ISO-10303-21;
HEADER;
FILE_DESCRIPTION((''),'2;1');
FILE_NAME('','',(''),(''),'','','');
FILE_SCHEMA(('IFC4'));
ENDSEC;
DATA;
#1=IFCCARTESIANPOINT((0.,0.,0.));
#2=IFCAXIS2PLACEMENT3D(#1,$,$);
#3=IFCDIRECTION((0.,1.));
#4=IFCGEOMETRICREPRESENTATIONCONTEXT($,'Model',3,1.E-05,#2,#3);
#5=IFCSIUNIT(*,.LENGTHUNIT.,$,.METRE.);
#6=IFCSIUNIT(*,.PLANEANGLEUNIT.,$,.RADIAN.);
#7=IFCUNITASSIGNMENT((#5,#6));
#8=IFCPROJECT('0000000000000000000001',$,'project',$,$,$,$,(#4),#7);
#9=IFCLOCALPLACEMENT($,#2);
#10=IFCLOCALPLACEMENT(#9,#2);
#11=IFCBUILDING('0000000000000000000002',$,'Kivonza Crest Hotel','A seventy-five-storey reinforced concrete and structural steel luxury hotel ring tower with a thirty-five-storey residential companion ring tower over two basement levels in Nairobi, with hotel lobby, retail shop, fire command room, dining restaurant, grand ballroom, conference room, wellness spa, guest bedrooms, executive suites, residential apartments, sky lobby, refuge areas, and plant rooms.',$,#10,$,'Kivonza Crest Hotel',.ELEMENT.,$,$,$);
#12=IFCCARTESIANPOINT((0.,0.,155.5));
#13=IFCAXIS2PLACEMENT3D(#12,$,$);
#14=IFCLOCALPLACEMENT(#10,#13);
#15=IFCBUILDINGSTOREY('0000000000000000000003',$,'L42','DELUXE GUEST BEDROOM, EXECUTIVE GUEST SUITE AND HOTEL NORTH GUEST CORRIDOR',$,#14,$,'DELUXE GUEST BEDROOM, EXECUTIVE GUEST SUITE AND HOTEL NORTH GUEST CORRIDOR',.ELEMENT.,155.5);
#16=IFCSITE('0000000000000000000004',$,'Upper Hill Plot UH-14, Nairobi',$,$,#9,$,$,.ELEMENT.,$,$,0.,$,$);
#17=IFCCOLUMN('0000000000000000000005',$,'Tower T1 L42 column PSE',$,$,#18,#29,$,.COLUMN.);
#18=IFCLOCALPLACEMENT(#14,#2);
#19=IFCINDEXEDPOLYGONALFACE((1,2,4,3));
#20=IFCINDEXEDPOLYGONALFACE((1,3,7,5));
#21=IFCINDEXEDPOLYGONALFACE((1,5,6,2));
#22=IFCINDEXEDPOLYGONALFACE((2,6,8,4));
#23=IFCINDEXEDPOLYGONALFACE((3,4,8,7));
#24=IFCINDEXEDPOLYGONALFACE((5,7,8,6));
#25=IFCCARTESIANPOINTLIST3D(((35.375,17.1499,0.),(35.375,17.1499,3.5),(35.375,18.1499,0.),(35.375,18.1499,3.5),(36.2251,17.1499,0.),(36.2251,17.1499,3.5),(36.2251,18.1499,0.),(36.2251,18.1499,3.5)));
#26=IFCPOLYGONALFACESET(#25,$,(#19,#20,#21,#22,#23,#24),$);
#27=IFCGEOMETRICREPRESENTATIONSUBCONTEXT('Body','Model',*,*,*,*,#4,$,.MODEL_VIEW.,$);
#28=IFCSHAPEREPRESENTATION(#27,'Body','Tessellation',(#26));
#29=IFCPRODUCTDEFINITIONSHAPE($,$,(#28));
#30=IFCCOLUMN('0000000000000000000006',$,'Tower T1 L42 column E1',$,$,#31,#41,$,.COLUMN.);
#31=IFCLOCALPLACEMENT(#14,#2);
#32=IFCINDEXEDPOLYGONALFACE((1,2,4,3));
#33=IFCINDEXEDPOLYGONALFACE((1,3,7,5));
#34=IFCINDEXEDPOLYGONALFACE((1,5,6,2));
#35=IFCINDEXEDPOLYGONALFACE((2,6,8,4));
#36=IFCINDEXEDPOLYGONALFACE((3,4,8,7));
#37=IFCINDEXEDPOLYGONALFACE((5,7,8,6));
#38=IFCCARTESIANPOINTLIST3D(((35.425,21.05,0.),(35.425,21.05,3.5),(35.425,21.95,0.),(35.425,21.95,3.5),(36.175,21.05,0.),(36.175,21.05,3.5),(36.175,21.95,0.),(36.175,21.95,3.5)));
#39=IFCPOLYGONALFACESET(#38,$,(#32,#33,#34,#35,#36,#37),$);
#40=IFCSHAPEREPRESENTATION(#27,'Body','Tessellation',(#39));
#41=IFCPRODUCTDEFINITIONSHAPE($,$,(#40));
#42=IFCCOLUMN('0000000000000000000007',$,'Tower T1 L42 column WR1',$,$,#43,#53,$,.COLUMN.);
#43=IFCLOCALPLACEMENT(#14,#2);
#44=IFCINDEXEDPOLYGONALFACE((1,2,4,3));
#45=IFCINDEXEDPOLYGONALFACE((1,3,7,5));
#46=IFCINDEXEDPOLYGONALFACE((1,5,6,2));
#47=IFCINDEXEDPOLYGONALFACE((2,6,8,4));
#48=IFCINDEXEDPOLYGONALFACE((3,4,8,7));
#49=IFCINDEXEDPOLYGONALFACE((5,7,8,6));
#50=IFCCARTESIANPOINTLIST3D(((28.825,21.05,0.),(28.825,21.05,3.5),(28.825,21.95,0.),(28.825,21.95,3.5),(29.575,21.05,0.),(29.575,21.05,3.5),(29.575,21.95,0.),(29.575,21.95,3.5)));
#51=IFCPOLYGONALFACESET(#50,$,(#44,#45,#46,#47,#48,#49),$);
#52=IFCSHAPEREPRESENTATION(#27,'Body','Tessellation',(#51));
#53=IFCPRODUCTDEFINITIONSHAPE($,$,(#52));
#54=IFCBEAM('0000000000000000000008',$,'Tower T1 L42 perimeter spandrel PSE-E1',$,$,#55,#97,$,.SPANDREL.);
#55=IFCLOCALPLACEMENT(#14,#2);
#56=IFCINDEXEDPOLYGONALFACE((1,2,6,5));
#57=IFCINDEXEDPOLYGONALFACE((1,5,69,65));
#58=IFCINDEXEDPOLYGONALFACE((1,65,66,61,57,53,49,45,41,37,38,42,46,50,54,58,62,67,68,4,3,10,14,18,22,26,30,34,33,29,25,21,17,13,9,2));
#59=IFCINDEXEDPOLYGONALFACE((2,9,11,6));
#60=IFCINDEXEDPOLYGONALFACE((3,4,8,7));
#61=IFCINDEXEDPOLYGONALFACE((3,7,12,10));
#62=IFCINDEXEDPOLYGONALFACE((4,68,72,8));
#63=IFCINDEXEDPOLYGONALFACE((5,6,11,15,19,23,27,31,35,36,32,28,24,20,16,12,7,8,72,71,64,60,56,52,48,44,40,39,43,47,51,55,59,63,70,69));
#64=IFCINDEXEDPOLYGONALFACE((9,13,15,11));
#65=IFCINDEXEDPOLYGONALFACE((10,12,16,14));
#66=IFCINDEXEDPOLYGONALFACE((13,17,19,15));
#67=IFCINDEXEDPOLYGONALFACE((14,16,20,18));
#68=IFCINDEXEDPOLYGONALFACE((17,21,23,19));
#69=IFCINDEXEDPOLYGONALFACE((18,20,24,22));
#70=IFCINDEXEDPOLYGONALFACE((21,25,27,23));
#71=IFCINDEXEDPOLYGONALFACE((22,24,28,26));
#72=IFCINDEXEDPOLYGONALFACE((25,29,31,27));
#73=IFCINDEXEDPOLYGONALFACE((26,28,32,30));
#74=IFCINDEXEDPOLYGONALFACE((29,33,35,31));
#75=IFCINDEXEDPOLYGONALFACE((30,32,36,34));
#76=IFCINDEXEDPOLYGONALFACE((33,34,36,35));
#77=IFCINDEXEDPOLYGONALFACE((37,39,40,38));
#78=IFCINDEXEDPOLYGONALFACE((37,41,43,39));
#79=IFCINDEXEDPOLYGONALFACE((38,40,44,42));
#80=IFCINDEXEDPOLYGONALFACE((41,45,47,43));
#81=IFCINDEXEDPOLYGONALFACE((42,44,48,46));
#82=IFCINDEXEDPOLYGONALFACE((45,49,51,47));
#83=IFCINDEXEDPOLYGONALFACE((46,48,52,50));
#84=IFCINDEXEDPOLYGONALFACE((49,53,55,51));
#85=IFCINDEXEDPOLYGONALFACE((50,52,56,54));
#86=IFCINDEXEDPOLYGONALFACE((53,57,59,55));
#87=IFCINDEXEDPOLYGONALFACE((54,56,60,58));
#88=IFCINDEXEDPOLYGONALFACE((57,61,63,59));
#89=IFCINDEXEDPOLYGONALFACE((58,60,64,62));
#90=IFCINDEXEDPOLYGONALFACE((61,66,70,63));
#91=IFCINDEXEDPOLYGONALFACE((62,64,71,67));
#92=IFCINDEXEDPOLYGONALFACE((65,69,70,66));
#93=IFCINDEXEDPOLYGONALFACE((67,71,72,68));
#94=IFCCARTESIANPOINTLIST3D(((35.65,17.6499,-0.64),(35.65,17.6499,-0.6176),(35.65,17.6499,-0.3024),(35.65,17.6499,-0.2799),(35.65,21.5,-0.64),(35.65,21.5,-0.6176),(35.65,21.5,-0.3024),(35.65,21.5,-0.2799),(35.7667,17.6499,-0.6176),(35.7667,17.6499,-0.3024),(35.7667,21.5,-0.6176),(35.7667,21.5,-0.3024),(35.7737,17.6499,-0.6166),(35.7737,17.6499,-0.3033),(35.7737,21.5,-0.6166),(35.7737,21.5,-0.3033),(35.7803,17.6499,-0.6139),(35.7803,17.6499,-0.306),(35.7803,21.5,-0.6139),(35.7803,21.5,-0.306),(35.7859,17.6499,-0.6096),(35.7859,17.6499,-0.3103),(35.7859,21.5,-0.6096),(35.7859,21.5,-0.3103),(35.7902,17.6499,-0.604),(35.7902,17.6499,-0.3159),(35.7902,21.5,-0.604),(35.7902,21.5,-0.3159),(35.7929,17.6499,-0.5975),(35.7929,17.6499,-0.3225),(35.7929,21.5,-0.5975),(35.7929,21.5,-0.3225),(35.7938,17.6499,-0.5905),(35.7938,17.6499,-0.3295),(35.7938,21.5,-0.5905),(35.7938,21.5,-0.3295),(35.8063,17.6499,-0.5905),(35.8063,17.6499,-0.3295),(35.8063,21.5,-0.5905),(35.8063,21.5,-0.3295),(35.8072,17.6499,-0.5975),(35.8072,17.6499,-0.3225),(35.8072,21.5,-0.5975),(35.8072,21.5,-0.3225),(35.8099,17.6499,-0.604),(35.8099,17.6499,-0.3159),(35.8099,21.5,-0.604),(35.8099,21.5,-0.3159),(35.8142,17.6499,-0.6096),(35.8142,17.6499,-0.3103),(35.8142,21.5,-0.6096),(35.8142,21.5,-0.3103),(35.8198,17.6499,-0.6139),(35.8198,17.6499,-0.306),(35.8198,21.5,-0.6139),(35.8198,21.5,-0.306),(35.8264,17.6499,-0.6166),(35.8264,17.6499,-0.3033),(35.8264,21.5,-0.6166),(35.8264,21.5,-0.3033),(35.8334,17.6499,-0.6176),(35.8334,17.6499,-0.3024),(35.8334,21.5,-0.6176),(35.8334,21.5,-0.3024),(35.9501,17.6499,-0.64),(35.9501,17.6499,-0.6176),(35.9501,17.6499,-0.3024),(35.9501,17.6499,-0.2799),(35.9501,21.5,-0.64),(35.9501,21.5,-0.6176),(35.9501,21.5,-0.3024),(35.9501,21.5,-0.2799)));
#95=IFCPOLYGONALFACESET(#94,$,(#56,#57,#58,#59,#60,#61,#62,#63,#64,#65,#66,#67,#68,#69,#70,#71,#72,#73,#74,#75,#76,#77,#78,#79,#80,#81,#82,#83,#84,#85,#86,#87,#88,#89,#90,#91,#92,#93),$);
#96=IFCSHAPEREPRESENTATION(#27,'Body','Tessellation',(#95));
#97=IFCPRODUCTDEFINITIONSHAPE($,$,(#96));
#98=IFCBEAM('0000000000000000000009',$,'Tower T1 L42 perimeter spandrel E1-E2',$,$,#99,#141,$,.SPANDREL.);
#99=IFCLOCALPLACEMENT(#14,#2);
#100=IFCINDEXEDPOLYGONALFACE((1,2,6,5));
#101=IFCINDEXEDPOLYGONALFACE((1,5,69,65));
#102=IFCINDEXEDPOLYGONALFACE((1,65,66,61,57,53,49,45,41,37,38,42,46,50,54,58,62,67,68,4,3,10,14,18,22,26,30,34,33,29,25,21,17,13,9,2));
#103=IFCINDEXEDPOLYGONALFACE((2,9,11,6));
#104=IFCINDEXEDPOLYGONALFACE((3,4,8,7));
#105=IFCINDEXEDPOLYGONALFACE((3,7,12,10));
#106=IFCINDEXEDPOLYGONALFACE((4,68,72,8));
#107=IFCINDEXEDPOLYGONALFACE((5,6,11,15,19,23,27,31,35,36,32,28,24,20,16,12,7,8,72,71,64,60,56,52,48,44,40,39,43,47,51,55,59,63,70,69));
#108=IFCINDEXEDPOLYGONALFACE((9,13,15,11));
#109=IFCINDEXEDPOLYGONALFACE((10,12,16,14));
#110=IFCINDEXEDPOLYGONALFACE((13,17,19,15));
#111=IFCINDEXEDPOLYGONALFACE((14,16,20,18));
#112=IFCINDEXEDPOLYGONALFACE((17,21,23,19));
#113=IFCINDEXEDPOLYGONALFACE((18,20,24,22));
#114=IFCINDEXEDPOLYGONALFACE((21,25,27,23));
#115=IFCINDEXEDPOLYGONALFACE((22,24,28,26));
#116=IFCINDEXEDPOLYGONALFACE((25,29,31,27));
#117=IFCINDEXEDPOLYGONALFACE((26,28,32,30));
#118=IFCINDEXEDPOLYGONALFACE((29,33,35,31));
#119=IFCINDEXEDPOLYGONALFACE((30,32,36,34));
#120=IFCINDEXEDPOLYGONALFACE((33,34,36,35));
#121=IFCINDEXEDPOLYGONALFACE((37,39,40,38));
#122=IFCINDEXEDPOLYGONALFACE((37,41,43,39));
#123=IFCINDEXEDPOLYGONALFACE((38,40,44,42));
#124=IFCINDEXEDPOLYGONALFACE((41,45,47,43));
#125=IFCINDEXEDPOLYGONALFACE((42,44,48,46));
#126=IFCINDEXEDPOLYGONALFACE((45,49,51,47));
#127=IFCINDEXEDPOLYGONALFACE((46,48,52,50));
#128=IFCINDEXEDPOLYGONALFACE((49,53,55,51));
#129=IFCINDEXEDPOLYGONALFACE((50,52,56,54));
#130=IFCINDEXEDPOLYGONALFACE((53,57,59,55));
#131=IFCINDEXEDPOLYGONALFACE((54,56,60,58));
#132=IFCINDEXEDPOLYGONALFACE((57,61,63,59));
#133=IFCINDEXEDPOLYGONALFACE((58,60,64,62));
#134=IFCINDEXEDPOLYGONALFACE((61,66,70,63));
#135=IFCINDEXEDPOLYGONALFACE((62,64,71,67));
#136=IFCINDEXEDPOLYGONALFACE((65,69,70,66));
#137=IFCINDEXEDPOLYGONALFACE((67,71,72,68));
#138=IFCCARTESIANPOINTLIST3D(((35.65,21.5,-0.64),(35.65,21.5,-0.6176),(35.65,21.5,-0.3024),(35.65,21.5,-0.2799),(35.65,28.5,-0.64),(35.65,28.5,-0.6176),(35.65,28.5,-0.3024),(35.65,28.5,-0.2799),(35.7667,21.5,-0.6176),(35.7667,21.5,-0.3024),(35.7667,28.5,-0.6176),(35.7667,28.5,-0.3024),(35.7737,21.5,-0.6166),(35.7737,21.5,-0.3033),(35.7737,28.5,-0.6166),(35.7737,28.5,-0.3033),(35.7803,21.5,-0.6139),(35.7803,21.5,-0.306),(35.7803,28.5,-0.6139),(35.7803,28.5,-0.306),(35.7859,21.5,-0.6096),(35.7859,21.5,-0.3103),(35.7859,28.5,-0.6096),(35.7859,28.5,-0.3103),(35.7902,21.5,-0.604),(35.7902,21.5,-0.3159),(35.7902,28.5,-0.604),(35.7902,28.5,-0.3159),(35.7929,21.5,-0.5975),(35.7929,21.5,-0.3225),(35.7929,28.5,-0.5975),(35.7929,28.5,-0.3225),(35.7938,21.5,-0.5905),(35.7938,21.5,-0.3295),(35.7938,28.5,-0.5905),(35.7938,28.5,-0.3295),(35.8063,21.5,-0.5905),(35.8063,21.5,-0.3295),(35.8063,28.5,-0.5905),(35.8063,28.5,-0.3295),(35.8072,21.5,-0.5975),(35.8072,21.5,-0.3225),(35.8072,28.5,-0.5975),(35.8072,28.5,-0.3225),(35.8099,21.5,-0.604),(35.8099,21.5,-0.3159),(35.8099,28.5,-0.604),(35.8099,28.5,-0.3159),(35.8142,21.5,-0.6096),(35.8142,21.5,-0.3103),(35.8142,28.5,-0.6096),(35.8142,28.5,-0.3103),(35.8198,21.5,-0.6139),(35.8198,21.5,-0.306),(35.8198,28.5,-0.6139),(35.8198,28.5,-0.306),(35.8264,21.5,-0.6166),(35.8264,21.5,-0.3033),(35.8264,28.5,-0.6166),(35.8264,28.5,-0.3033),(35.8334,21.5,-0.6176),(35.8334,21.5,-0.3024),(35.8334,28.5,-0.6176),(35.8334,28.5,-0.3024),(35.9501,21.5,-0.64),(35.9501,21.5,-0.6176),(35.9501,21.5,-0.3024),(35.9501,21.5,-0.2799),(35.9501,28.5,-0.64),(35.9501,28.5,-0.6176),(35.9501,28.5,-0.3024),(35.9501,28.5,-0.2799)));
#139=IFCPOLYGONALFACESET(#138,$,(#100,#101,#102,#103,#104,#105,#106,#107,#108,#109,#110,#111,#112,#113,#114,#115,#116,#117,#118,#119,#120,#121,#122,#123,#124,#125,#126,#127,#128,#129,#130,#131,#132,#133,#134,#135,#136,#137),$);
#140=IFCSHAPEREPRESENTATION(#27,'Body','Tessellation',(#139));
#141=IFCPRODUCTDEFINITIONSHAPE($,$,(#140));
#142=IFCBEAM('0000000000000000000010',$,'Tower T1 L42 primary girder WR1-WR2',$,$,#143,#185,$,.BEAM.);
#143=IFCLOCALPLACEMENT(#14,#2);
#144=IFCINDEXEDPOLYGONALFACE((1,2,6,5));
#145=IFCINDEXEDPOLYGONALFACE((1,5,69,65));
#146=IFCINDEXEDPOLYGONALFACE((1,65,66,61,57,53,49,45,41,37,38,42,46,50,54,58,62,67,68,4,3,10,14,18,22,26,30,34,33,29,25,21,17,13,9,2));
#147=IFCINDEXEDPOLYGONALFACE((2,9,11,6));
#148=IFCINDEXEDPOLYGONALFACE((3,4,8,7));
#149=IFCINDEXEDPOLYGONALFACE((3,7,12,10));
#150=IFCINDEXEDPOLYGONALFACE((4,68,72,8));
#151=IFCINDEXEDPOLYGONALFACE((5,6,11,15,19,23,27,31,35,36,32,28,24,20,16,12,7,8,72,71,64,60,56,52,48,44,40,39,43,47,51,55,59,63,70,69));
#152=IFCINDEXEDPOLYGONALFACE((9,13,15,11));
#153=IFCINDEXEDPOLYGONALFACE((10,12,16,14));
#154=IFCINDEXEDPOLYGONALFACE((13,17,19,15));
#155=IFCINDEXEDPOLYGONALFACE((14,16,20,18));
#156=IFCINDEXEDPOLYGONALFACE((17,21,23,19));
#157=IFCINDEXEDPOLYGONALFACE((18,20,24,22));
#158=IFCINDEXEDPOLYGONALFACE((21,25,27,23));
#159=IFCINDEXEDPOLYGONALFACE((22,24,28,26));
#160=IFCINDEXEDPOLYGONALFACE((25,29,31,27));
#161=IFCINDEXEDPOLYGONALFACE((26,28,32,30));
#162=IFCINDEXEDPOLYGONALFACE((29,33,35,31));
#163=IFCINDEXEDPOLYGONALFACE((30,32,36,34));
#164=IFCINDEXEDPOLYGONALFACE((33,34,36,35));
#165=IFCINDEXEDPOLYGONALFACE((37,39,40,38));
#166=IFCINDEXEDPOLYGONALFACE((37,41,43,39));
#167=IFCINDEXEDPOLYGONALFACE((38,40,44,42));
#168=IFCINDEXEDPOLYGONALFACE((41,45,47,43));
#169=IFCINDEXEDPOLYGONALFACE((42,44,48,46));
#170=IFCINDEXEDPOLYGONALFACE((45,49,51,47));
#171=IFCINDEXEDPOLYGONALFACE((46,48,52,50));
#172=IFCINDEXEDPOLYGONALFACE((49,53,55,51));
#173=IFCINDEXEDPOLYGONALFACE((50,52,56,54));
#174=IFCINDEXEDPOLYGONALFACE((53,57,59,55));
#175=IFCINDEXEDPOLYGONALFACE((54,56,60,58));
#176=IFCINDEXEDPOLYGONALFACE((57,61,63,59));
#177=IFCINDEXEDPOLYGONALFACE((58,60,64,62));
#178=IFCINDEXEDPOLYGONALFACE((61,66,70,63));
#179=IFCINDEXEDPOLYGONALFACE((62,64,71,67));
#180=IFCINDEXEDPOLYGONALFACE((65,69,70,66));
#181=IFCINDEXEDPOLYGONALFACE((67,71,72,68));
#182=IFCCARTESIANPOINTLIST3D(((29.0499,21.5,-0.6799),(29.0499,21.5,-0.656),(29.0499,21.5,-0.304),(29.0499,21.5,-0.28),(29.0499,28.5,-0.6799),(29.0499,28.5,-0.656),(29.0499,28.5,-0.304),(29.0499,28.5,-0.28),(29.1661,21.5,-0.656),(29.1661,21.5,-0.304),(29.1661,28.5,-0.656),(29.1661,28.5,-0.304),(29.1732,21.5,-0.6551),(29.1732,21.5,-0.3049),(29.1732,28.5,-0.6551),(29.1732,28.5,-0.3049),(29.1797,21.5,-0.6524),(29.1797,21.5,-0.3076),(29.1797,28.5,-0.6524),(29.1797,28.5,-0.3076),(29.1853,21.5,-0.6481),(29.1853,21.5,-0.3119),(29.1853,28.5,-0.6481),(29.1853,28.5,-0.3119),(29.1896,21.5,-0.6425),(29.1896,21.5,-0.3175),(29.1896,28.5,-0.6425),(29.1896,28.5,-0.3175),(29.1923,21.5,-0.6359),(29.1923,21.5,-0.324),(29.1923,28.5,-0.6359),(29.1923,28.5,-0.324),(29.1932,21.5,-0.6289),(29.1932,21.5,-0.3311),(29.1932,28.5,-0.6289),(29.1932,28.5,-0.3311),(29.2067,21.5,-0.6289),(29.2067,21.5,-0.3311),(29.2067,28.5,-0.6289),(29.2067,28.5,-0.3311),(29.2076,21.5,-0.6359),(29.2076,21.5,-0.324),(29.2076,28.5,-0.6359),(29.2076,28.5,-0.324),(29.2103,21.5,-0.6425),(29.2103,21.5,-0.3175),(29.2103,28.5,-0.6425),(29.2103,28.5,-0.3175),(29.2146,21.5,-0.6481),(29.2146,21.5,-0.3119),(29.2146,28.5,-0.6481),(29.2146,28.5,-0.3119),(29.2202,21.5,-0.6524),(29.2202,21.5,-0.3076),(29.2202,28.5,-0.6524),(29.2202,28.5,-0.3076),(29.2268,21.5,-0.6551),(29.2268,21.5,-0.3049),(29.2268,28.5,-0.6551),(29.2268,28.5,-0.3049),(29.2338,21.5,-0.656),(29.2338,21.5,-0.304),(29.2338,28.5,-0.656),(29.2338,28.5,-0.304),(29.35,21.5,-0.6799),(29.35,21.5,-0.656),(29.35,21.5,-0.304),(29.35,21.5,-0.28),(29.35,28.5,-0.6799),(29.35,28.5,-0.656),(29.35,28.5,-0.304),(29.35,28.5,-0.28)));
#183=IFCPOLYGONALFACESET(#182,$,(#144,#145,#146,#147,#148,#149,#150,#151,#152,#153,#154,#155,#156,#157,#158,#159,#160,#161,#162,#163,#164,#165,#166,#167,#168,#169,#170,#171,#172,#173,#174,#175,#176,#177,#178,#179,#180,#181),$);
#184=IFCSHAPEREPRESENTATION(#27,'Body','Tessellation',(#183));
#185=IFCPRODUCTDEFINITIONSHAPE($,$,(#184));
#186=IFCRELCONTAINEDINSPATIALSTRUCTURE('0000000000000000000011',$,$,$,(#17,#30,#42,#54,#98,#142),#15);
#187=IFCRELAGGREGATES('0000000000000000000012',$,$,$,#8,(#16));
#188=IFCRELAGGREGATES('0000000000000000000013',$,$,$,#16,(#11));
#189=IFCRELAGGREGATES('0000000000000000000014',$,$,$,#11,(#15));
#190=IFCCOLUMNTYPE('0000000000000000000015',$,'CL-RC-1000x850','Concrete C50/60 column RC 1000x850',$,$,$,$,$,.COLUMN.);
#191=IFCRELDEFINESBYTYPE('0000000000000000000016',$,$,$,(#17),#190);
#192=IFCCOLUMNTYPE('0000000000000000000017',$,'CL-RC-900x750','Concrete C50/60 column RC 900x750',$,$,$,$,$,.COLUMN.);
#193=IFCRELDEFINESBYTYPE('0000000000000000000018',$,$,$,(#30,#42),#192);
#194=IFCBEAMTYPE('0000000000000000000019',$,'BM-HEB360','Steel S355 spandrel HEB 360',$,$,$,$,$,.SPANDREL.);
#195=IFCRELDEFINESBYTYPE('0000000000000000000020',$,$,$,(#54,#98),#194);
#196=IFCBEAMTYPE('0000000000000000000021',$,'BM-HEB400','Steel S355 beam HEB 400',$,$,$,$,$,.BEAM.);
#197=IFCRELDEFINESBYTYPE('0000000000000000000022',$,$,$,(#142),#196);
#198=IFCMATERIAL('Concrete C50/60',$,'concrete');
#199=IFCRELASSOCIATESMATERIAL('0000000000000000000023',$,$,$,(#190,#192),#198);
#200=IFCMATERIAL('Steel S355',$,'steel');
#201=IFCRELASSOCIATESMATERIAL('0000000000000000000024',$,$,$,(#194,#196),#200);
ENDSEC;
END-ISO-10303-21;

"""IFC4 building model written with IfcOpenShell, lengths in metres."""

from ifc_helpers import new_model, si_unit, direction, frame, origin, origin_2d, place, context, subcontext, project, spatial, rectangle, i_section, extrude, material, material_profile, profile_set, type_object, element, save


model = new_model("IFC4")

# Units and contexts
model_context = context("Model", 3, precision=1e-05, world=origin(), true_north=direction((0.0, 1.0)))
body_context = subcontext(model_context, "Body", "Model", "MODEL_VIEW")
ifc_project = project(units=[si_unit("LENGTHUNIT", "METRE"), si_unit("PLANEANGLEUNIT", "RADIAN")], contexts=[model_context])

# Site, building, storey
site_placement = place(None, origin())
site = spatial("IfcSite", under=ifc_project, at=site_placement, Name="Upper Hill Plot UH-14, Nairobi", CompositionType="ELEMENT", RefElevation=0.0)
building_placement = place(site_placement, origin())
building = spatial("IfcBuilding", under=site, at=building_placement, Name="Kivonza Crest Hotel", Description="A seventy-five-storey reinforced concrete and structural steel luxury hotel ring tower with a thirty-five-storey residential companion ring tower over two basement levels in Nairobi, with hotel lobby, retail shop, fire command room, dining restaurant, grand ballroom, conference room, wellness spa, guest bedrooms, executive suites, residential apartments, sky lobby, refuge areas, and plant rooms.", LongName="Kivonza Crest Hotel", CompositionType="ELEMENT")
storey_placement = place(building_placement, frame((0.0, 0.0, 155.5)))
storey = spatial("IfcBuildingStorey", under=building, at=storey_placement, Name="L42", Description="DELUXE GUEST BEDROOM, EXECUTIVE GUEST SUITE AND HOTEL NORTH GUEST CORRIDOR", LongName="DELUXE GUEST BEDROOM, EXECUTIVE GUEST SUITE AND HOTEL NORTH GUEST CORRIDOR", CompositionType="ELEMENT", Elevation=155.5)

# Columns
ifc_material_1 = material(Name="Concrete C50/60", Category="concrete")
ifc_material_profile_1 = material_profile(ifc_material_1, rectangle(XDim=0.8501, YDim=1.0, at=origin_2d()), Name="RC 1000x850")
ifc_profile_set_1 = profile_set([ifc_material_profile_1], Name="Concrete C50/60")
column_type_1 = type_object("IfcColumnType", Name="CL-RC-1000x850", Description="Concrete C50/60 column RC 1000x850", PredefinedType="COLUMN", material=ifc_profile_set_1)
column_placement = place(storey_placement, frame((35.8, 17.6499, 0.0), z_axis=(0.0, 0.0, 1.0), x_axis=(1.0, 0.0, 0.0)))
element("IfcColumn", 1, at=column_placement, inside=storey, type_object=column_type_1, Name="Tower T1 L42 column PSE", PredefinedType="COLUMN", context=body_context, shape_type="SweptSolid", body=[
    extrude(rectangle(XDim=0.8501, YDim=1.0, at=origin_2d()), origin(), (0.0, 0.0, 1.0), 3.5),
])
ifc_material_profile_2 = material_profile(ifc_material_1, rectangle(XDim=0.75, YDim=0.8999, at=origin_2d()), Name="RC 900x750")
ifc_profile_set_2 = profile_set([ifc_material_profile_2], Name="Concrete C50/60")
column_type_2 = type_object("IfcColumnType", Name="CL-RC-900x750", Description="Concrete C50/60 column RC 900x750", PredefinedType="COLUMN", material=ifc_profile_set_2)
for number, where, z_axis, x_axis, name in (
    (2, (35.8, 21.5, 0.0), (0.0, 0.0, 1.0), (1.0, 0.0, 0.0), "Tower T1 L42 column E1"),
    (3, (29.2, 21.5, 0.0), (0.0, 0.0, 1.0), (1.0, 0.0, 0.0), "Tower T1 L42 column WR1"),
):
    element("IfcColumn", number, at=place(storey_placement, frame(where, z_axis=z_axis, x_axis=x_axis)), inside=storey, type_object=column_type_2, Name=name, PredefinedType="COLUMN", context=body_context, shape_type="SweptSolid", body=[
        extrude(rectangle(XDim=0.75, YDim=0.8999, at=origin_2d()), origin(), (0.0, 0.0, 1.0), 3.5),
    ])

# Beams
ifc_material_2 = material(Name="Steel S355", Category="steel")
ifc_material_profile_3 = material_profile(ifc_material_2, i_section(OverallWidth=0.3, OverallDepth=0.3601, WebThickness=0.0125, FlangeThickness=0.0225, FilletRadius=0.0271, at=origin_2d()), Name="HEB 360")
ifc_profile_set_3 = profile_set([ifc_material_profile_3], Name="Steel S355")
beam_type_1 = type_object("IfcBeamType", Name="BM-HEB360", Description="Steel S355 spandrel HEB 360", PredefinedType="SPANDREL", material=ifc_profile_set_3)
beam_1_placement = place(storey_placement, frame((35.8, 17.6499, -0.46), z_axis=(0.0, 1.0, 0.0), x_axis=(-1.0, 0.0, 0.0)))
element("IfcBeam", 4, at=beam_1_placement, inside=storey, type_object=beam_type_1, Name="Tower T1 L42 perimeter spandrel PSE-E1", PredefinedType="SPANDREL", context=body_context, shape_type="SweptSolid", body=[
    extrude(i_section(OverallWidth=0.3, OverallDepth=0.3601, WebThickness=0.0125, FlangeThickness=0.0225, FilletRadius=0.0271, at=origin_2d()), origin(), (0.0, 0.0, 1.0), 3.8501),
])
beam_2_placement = place(storey_placement, frame((35.8, 21.5, -0.46), z_axis=(0.0, 1.0, 0.0), x_axis=(-1.0, 0.0, 0.0)))
element("IfcBeam", 5, at=beam_2_placement, inside=storey, type_object=beam_type_1, Name="Tower T1 L42 perimeter spandrel E1-E2", PredefinedType="SPANDREL", context=body_context, shape_type="SweptSolid", body=[
    extrude(i_section(OverallWidth=0.3, OverallDepth=0.3601, WebThickness=0.0125, FlangeThickness=0.0225, FilletRadius=0.0271, at=origin_2d()), origin(), (0.0, 0.0, 1.0), 7.0),
])
ifc_material_profile_4 = material_profile(ifc_material_2, i_section(OverallWidth=0.3, OverallDepth=0.3999, WebThickness=0.0134, FlangeThickness=0.0239, FilletRadius=0.0271, at=origin_2d()), Name="HEB 400")
ifc_profile_set_4 = profile_set([ifc_material_profile_4], Name="Steel S355")
beam_type_2 = type_object("IfcBeamType", Name="BM-HEB400", Description="Steel S355 beam HEB 400", PredefinedType="BEAM", material=ifc_profile_set_4)
beam_3_placement = place(storey_placement, frame((29.2, 21.5, -0.48), z_axis=(0.0, 1.0, 0.0), x_axis=(-1.0, 0.0, 0.0)))
element("IfcBeam", 6, at=beam_3_placement, inside=storey, type_object=beam_type_2, Name="Tower T1 L42 primary girder WR1-WR2", PredefinedType="BEAM", context=body_context, shape_type="SweptSolid", body=[
    extrude(i_section(OverallWidth=0.3, OverallDepth=0.3999, WebThickness=0.0134, FlangeThickness=0.0239, FilletRadius=0.0271, at=origin_2d()), origin(), (0.0, 0.0, 1.0), 7.0),
])

save(model, "model.ifc")
